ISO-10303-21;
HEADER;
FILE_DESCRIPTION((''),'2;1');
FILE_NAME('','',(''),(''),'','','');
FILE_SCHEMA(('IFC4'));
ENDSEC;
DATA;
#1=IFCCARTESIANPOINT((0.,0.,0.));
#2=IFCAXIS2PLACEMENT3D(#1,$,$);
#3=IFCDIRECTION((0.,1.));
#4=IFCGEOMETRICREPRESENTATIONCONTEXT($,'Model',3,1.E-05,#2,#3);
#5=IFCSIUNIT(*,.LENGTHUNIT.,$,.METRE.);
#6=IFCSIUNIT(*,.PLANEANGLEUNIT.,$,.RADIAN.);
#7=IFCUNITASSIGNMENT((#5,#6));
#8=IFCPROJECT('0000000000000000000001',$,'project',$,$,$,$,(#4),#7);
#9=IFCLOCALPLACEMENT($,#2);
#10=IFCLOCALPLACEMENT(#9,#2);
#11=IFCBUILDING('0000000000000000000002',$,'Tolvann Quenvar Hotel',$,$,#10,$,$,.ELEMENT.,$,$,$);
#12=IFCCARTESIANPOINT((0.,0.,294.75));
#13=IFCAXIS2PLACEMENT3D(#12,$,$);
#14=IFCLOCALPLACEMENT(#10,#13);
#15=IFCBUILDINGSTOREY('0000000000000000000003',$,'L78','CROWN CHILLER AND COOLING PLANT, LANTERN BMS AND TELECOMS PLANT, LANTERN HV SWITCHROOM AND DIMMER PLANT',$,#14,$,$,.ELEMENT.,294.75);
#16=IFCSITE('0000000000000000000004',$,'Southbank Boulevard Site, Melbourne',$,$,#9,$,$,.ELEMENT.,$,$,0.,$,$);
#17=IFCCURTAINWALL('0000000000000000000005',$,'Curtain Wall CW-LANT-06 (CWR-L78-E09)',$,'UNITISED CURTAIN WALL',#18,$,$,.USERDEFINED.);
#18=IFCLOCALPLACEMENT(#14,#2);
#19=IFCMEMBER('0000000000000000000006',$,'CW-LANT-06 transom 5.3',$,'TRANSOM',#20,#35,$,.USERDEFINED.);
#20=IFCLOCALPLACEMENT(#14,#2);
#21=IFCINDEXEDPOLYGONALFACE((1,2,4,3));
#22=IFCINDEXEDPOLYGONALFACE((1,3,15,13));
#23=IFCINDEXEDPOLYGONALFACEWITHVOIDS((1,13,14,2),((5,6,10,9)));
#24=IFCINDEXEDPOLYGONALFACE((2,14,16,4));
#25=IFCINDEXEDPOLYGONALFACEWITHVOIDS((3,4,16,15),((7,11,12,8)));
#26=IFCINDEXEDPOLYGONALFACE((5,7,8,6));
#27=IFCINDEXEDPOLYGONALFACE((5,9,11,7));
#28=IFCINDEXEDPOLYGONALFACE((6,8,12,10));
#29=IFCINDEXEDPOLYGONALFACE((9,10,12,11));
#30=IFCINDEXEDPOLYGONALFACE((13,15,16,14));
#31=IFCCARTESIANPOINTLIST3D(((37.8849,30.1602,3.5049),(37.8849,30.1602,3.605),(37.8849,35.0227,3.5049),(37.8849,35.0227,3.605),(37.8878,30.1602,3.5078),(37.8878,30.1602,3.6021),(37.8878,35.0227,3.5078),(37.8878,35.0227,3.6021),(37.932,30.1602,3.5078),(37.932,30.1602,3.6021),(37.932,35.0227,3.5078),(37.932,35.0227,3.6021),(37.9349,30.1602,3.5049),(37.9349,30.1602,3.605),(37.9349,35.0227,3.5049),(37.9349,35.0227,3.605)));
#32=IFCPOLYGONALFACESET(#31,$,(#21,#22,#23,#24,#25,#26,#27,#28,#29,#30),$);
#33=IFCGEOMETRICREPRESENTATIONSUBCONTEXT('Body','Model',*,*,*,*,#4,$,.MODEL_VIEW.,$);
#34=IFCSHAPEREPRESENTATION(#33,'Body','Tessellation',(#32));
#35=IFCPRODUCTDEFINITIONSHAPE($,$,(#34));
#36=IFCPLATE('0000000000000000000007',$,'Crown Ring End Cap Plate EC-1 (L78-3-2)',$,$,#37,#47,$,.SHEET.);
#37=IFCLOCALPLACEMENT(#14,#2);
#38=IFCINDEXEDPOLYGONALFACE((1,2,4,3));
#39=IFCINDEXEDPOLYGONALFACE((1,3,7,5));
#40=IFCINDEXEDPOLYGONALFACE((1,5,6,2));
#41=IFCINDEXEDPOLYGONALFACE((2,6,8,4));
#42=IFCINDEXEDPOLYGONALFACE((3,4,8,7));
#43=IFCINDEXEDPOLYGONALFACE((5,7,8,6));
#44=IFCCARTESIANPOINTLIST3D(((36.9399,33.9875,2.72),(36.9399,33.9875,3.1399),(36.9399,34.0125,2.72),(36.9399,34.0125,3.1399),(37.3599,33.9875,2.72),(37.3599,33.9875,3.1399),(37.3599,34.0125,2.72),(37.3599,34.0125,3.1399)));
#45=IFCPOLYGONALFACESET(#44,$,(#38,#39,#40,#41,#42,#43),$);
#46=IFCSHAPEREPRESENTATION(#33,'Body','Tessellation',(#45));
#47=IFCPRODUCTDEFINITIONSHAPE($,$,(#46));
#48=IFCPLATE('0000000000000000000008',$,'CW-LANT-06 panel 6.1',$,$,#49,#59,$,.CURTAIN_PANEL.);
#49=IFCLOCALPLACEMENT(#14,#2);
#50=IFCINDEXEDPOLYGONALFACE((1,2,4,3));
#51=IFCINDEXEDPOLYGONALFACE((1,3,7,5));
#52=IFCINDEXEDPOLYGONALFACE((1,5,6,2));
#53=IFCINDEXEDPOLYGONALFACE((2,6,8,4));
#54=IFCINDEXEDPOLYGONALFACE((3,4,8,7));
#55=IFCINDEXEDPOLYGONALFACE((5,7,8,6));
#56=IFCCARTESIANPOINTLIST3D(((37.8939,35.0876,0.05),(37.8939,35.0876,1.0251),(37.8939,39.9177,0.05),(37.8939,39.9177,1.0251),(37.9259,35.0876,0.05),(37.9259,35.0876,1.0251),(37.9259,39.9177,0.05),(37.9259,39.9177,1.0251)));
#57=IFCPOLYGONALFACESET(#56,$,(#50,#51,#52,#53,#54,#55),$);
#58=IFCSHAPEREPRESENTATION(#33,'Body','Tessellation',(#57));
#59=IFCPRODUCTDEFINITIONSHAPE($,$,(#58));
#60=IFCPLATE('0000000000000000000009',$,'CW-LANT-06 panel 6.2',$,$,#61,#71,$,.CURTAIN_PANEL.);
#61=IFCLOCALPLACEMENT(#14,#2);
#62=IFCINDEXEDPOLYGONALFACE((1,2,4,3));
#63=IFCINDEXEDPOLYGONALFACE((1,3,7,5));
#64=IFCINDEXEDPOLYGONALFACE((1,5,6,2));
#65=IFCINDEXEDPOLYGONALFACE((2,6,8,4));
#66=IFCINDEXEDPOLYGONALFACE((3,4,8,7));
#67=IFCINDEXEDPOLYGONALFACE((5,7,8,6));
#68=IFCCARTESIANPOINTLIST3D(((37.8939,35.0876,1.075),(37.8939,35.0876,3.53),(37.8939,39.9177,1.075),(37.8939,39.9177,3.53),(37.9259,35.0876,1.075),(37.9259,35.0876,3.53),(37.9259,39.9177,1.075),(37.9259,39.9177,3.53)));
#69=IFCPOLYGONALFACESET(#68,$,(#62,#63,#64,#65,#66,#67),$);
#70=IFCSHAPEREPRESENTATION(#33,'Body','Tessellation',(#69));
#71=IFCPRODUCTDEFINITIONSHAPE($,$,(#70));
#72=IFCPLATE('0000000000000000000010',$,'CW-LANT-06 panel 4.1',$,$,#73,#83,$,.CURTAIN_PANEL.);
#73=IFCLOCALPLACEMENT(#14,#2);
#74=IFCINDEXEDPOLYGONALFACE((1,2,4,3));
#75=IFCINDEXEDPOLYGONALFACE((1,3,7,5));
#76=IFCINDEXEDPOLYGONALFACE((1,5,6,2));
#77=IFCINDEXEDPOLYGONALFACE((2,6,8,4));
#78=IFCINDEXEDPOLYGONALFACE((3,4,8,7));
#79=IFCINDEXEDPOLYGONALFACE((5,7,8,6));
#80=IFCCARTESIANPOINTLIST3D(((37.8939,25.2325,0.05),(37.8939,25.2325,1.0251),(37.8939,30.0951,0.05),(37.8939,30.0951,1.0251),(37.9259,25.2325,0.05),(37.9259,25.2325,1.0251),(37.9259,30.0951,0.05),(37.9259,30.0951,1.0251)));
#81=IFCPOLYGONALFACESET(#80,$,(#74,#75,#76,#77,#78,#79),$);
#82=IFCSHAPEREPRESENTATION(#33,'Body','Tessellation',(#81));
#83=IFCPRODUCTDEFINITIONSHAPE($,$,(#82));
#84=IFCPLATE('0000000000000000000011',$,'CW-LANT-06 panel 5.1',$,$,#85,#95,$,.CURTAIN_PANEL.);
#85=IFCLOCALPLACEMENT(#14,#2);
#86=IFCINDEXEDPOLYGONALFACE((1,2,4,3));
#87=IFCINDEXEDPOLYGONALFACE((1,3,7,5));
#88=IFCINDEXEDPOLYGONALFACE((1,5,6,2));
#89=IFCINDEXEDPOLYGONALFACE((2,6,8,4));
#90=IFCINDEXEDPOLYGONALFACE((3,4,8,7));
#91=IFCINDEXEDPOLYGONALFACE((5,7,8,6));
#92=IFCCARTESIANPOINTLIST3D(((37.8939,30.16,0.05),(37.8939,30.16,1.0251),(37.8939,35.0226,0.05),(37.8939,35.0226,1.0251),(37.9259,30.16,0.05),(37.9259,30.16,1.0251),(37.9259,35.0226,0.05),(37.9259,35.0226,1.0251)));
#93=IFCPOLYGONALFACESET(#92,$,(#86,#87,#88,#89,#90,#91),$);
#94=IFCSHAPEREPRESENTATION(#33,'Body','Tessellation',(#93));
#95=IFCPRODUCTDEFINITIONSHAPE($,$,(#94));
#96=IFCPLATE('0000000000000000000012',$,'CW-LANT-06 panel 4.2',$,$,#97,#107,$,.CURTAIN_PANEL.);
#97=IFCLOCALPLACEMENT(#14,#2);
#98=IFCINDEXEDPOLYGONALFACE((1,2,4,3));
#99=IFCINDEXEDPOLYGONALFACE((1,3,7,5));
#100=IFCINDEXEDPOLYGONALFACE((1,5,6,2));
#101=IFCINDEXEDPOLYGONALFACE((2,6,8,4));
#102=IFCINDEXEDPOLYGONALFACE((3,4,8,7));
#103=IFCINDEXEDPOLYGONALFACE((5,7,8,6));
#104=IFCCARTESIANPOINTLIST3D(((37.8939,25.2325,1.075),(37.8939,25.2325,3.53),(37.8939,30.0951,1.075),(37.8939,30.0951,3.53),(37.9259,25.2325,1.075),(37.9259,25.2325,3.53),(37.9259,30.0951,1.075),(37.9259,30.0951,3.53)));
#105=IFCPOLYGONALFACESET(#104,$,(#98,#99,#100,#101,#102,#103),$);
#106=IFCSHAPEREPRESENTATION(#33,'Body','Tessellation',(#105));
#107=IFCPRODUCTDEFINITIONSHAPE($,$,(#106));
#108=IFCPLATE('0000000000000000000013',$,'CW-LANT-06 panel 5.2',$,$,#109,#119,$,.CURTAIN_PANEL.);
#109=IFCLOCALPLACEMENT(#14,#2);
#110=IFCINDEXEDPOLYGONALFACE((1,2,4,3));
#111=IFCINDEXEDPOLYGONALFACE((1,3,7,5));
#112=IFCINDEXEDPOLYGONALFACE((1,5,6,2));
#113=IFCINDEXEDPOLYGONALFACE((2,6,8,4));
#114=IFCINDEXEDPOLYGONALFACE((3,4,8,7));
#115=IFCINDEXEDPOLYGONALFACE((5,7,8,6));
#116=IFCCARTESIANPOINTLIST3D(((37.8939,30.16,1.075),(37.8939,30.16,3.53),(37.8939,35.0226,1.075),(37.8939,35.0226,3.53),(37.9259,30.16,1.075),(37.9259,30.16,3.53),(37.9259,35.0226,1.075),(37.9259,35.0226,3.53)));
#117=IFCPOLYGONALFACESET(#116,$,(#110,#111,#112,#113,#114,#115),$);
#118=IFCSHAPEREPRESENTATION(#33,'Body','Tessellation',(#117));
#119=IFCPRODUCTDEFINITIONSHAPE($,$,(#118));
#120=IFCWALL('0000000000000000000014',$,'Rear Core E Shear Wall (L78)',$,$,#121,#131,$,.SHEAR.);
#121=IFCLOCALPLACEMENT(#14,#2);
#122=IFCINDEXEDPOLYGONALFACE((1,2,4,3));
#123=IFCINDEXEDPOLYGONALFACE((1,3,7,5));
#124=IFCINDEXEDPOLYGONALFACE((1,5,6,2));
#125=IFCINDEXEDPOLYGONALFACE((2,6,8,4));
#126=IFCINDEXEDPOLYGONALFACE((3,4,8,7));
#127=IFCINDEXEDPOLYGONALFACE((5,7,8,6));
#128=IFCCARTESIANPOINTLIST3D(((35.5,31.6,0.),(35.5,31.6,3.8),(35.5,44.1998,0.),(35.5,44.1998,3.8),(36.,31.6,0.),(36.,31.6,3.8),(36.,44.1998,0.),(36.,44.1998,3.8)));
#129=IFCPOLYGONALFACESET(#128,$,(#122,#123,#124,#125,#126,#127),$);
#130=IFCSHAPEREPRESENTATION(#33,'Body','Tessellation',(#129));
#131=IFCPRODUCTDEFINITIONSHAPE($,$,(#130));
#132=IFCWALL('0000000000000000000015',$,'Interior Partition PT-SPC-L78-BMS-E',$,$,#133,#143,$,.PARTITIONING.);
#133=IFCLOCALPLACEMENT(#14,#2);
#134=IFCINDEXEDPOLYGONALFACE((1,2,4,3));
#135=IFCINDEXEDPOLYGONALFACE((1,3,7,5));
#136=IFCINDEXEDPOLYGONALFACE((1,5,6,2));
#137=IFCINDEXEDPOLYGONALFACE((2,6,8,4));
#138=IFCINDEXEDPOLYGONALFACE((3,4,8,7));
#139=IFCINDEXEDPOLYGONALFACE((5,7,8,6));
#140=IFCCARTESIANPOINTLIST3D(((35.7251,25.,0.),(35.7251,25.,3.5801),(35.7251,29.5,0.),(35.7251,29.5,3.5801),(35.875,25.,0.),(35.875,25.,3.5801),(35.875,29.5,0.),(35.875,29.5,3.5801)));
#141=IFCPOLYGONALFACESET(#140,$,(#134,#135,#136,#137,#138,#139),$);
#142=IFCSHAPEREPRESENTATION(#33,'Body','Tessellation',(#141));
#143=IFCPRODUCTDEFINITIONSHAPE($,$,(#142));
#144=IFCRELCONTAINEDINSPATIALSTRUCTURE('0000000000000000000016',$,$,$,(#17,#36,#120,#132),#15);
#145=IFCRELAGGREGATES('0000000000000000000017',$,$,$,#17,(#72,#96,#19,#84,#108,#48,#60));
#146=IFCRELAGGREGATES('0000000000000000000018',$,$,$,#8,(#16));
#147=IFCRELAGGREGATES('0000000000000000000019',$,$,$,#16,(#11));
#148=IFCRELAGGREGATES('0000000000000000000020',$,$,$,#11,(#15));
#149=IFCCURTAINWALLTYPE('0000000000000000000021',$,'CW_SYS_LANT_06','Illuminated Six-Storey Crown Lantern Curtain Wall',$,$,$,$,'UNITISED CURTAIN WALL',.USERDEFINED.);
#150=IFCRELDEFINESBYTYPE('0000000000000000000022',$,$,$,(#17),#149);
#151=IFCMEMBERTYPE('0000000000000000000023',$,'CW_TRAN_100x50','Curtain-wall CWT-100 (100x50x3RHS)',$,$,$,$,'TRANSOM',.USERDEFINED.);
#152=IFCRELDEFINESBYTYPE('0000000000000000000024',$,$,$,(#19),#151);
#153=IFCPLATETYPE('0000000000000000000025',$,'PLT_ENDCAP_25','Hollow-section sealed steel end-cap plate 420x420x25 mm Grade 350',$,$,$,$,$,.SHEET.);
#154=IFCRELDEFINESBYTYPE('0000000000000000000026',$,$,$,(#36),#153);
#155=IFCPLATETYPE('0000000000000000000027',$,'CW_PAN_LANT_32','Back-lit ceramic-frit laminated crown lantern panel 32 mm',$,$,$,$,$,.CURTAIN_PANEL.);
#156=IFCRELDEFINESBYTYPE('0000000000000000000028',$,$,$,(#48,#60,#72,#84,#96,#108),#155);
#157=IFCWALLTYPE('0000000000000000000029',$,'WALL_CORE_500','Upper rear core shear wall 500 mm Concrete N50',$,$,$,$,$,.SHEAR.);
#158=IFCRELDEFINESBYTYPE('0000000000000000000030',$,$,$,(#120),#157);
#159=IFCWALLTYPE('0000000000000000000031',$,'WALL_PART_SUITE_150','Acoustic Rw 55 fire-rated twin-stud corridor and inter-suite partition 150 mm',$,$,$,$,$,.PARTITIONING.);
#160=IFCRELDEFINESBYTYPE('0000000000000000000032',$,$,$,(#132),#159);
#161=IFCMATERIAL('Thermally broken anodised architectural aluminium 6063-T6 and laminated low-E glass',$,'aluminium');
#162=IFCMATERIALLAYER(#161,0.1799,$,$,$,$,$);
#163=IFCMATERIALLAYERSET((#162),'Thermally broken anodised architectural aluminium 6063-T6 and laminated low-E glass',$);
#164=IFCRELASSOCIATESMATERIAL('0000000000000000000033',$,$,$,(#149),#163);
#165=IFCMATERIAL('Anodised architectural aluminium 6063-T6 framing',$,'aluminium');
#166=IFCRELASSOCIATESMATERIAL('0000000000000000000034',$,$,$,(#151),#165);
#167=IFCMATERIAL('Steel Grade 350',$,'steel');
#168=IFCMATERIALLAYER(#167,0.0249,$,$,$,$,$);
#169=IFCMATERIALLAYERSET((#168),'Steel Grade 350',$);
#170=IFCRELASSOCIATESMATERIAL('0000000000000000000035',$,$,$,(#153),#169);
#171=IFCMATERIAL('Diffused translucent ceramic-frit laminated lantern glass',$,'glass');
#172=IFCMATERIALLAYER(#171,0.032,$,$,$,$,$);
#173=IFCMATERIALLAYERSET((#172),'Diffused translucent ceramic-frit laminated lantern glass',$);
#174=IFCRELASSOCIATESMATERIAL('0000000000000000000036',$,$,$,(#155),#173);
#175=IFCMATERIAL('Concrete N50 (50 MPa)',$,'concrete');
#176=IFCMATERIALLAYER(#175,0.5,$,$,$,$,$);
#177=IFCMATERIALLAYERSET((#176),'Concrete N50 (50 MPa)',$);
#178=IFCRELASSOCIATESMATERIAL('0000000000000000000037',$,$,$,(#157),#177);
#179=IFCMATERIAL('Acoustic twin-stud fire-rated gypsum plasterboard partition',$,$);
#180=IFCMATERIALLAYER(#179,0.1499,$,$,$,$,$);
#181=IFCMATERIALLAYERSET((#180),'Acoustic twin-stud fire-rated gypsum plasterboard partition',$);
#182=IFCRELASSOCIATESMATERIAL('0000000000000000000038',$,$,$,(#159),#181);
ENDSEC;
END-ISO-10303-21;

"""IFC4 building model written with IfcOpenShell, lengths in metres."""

from ifc_helpers import new_model, si_unit, direction, frame, frame_2d, origin, origin_2d, place, context, subcontext, project, spatial, rectangle, hollow_rectangle, extrude, source, transform, mapped, material, layer, layer_set, material_profile, profile_set, type_object, type_shapes, element, aggregate, save


model = new_model("IFC4")

# Units and contexts
model_context = context("Model", 3, precision=1e-05, world=origin(), true_north=direction((0.0, 1.0)))
body_context = subcontext(model_context, "Body", "Model", "MODEL_VIEW")
ifc_project = project(units=[si_unit("LENGTHUNIT", "METRE"), si_unit("PLANEANGLEUNIT", "RADIAN")], contexts=[model_context])

# Site, building, storey
site_placement = place(None, origin())
site = spatial("IfcSite", under=ifc_project, at=site_placement, Name="Southbank Boulevard Site, Melbourne", CompositionType="ELEMENT", RefElevation=0.0)
building_placement = place(site_placement, origin())
building = spatial("IfcBuilding", under=site, at=building_placement, Name="Tolvann Quenvar Hotel", CompositionType="ELEMENT")
storey_placement = place(building_placement, frame((0.0, 0.0, 294.75)))
storey = spatial("IfcBuildingStorey", under=building, at=storey_placement, Name="L78", Description="CROWN CHILLER AND COOLING PLANT, LANTERN BMS AND TELECOMS PLANT, LANTERN HV SWITCHROOM AND DIMMER PLANT", CompositionType="ELEMENT", Elevation=294.75)

# Shared definitions
ifc_material_1 = material(Name="Steel Grade 350", Category="steel")

# Curtain wall, member
ifc_material_2 = material(Name="Thermally broken anodised architectural aluminium 6063-T6 and laminated low-E glass", Category="aluminium")
ifc_layer_1 = layer(ifc_material_2, 0.1799)
ifc_layer_set_1 = layer_set([ifc_layer_1], Name="Thermally broken anodised architectural aluminium 6063-T6 and laminated low-E glass")
curtain_wall_type = type_object("IfcCurtainWallType", Name="CW_SYS_LANT_06", Description="Illuminated Six-Storey Crown Lantern Curtain Wall", ElementType="UNITISED CURTAIN WALL", PredefinedType="USERDEFINED", material=ifc_layer_set_1)
curtain_wall_placement = place(storey_placement, origin())
curtain_wall = element("IfcCurtainWall", 1, at=curtain_wall_placement, inside=storey, type_object=curtain_wall_type, Name="Curtain Wall CW-LANT-06 (CWR-L78-E09)", ObjectType="UNITISED CURTAIN WALL", PredefinedType="USERDEFINED")
ifc_material_3 = material(Name="Anodised architectural aluminium 6063-T6 framing", Category="aluminium")
ifc_material_profile_1 = material_profile(ifc_material_3, hollow_rectangle(XDim=0.05, YDim=0.1001, WallThickness=0.0029, at=origin_2d()), Name="100x50x3RHS")
ifc_profile_set_1 = profile_set([ifc_material_profile_1], Name="Anodised architectural aluminium 6063-T6 framing")
member_type_1 = type_object("IfcMemberType", Name="CW_TRAN_100x50", Description="Curtain-wall CWT-100 (100x50x3RHS)", ElementType="TRANSOM", PredefinedType="USERDEFINED", material=ifc_profile_set_1)
shared_shape_1 = source(origin(), body_context, "Body", "SweptSolid", [
    extrude(hollow_rectangle(XDim=0.05, YDim=0.1001, WallThickness=0.0029, at=origin_2d()), origin(), (0.0, 0.0, 1.0), 4.8625),
])
member_1_placement = place(storey_placement, frame((37.9099, 30.1602, 3.5549), z_axis=(0.0, 1.0, 0.0), x_axis=(-1.0, 0.0, 0.0)))
member_1 = element("IfcMember", 2, at=member_1_placement, type_object=member_type_1, Name="CW-LANT-06 transom 5.3", ObjectType="TRANSOM", PredefinedType="USERDEFINED", context=body_context, shape_type="MappedRepresentation", body=[
    mapped(shared_shape_1, transform((0.0, 0.0, 0.0), x_axis=(1.0, 0.0, 0.0), y_axis=(0.0, 1.0, 0.0), z_axis=(0.0, 0.0, 1.0), scale=1.0)),
])

# Plates
ifc_layer_2 = layer(ifc_material_1, 0.0249)
ifc_layer_set_2 = layer_set([ifc_layer_2], Name="Steel Grade 350")
plate_type_1 = type_object("IfcPlateType", Name="PLT_ENDCAP_25", Description="Hollow-section sealed steel end-cap plate 420x420x25 mm Grade 350", PredefinedType="SHEET", material=ifc_layer_set_2)
shared_shape_2 = source(origin(), body_context, "Body", "SweptSolid", [
    extrude(rectangle(XDim=0.4199, YDim=0.0249, at=origin_2d()), origin(), (0.0, 0.0, 1.0), 0.4199),
])
type_shapes(plate_type_1, [shared_shape_2])
plate_1_placement = place(storey_placement, frame((37.1499, 34.0, 2.72), z_axis=(0.0, 0.0, 1.0), x_axis=(1.0, 0.0, 0.0)))
element("IfcPlate", 3, at=plate_1_placement, inside=storey, type_object=plate_type_1, Name="Crown Ring End Cap Plate EC-1 (L78-3-2)", PredefinedType="SHEET", context=body_context, shape_type="MappedRepresentation", body=[
    mapped(shared_shape_2, transform((0.0, 0.0, 0.0), x_axis=(1.0, 0.0, 0.0), y_axis=(0.0, 1.0, 0.0), z_axis=(0.0, 0.0, 1.0), scale=1.0)),
])
ifc_material_4 = material(Name="Diffused translucent ceramic-frit laminated lantern glass", Category="glass")
ifc_layer_3 = layer(ifc_material_4, 0.032)
ifc_layer_set_3 = layer_set([ifc_layer_3], Name="Diffused translucent ceramic-frit laminated lantern glass")
plate_type_2 = type_object("IfcPlateType", Name="CW_PAN_LANT_32", Description="Back-lit ceramic-frit laminated crown lantern panel 32 mm", PredefinedType="CURTAIN_PANEL", material=ifc_layer_set_3)
shared_shape_3 = source(origin(), body_context, "Body", "SweptSolid", [
    extrude(rectangle(XDim=4.8301, YDim=0.032, at=origin_2d()), origin(), (0.0, 0.0, 1.0), 0.9751),
])
plate_2_placement = place(storey_placement, frame((37.9099, 37.5027, 0.05), z_axis=(0.0, 0.0, 1.0), x_axis=(0.0, 1.0, 0.0)))
plate_2 = element("IfcPlate", 4, at=plate_2_placement, type_object=plate_type_2, Name="CW-LANT-06 panel 6.1", PredefinedType="CURTAIN_PANEL", context=body_context, shape_type="MappedRepresentation", body=[
    mapped(shared_shape_3, transform((0.0, 0.0, 0.0), x_axis=(1.0, 0.0, 0.0), y_axis=(0.0, 1.0, 0.0), z_axis=(0.0, 0.0, 1.0), scale=1.0)),
])
shared_shape_4 = source(origin(), body_context, "Body", "SweptSolid", [
    extrude(rectangle(XDim=4.8301, YDim=0.032, at=origin_2d()), origin(), (0.0, 0.0, 1.0), 2.4551),
])
plate_3_placement = place(storey_placement, frame((37.9099, 37.5027, 1.075), z_axis=(0.0, 0.0, 1.0), x_axis=(0.0, 1.0, 0.0)))
plate_3 = element("IfcPlate", 5, at=plate_3_placement, type_object=plate_type_2, Name="CW-LANT-06 panel 6.2", PredefinedType="CURTAIN_PANEL", context=body_context, shape_type="MappedRepresentation", body=[
    mapped(shared_shape_4, transform((0.0, 0.0, 0.0), x_axis=(1.0, 0.0, 0.0), y_axis=(0.0, 1.0, 0.0), z_axis=(0.0, 0.0, 1.0), scale=1.0)),
])
shared_shape_5 = source(origin(), body_context, "Body", "SweptSolid", [
    extrude(rectangle(XDim=4.8625, YDim=0.032, at=origin_2d()), origin(), (0.0, 0.0, 1.0), 0.9751),
])
plate_4_placement = place(storey_placement, frame((37.9099, 27.6638, 0.05), z_axis=(0.0, 0.0, 1.0), x_axis=(0.0, 1.0, 0.0)))
plate_4 = element("IfcPlate", 6, at=plate_4_placement, type_object=plate_type_2, Name="CW-LANT-06 panel 4.1", PredefinedType="CURTAIN_PANEL", context=body_context, shape_type="MappedRepresentation", body=[
    mapped(shared_shape_5, transform((0.0, 0.0, 0.0), x_axis=(1.0, 0.0, 0.0), y_axis=(0.0, 1.0, 0.0), z_axis=(0.0, 0.0, 1.0), scale=1.0)),
])
plate_5_placement = place(storey_placement, frame((37.9099, 32.5913, 0.05), z_axis=(0.0, 0.0, 1.0), x_axis=(0.0, 1.0, 0.0)))
plate_5 = element("IfcPlate", 7, at=plate_5_placement, type_object=plate_type_2, Name="CW-LANT-06 panel 5.1", PredefinedType="CURTAIN_PANEL", context=body_context, shape_type="MappedRepresentation", body=[
    mapped(shared_shape_5, transform((0.0, 0.0, 0.0), x_axis=(1.0, 0.0, 0.0), y_axis=(0.0, 1.0, 0.0), z_axis=(0.0, 0.0, 1.0), scale=1.0)),
])
shared_shape_6 = source(origin(), body_context, "Body", "SweptSolid", [
    extrude(rectangle(XDim=4.8625, YDim=0.032, at=origin_2d()), origin(), (0.0, 0.0, 1.0), 2.4551),
])
type_shapes(plate_type_2, [shared_shape_3, shared_shape_4, shared_shape_5, shared_shape_6])
plate_6_placement = place(storey_placement, frame((37.9099, 27.6638, 1.075), z_axis=(0.0, 0.0, 1.0), x_axis=(0.0, 1.0, 0.0)))
plate_6 = element("IfcPlate", 8, at=plate_6_placement, type_object=plate_type_2, Name="CW-LANT-06 panel 4.2", PredefinedType="CURTAIN_PANEL", context=body_context, shape_type="MappedRepresentation", body=[
    mapped(shared_shape_6, transform((0.0, 0.0, 0.0), x_axis=(1.0, 0.0, 0.0), y_axis=(0.0, 1.0, 0.0), z_axis=(0.0, 0.0, 1.0), scale=1.0)),
])
plate_7_placement = place(storey_placement, frame((37.9099, 32.5913, 1.075), z_axis=(0.0, 0.0, 1.0), x_axis=(0.0, 1.0, 0.0)))
plate_7 = element("IfcPlate", 9, at=plate_7_placement, type_object=plate_type_2, Name="CW-LANT-06 panel 5.2", PredefinedType="CURTAIN_PANEL", context=body_context, shape_type="MappedRepresentation", body=[
    mapped(shared_shape_6, transform((0.0, 0.0, 0.0), x_axis=(1.0, 0.0, 0.0), y_axis=(0.0, 1.0, 0.0), z_axis=(0.0, 0.0, 1.0), scale=1.0)),
])
aggregate(curtain_wall, [plate_4, plate_6, member_1, plate_5, plate_7, plate_2, plate_3])

# Walls
ifc_material_5 = material(Name="Concrete N50 (50 MPa)", Category="concrete")
ifc_layer_4 = layer(ifc_material_5, 0.5)
ifc_layer_set_4 = layer_set([ifc_layer_4], Name="Concrete N50 (50 MPa)")
wall_type_1 = type_object("IfcWallType", Name="WALL_CORE_500", Description="Upper rear core shear wall 500 mm Concrete N50", PredefinedType="SHEAR", material=ifc_layer_set_4)
wall_1_placement = place(storey_placement, frame((35.75, 31.6001, 0.0), z_axis=(0.0, 0.0, 1.0), x_axis=(0.0, 1.0, 0.0)))
element("IfcWall", 10, at=wall_1_placement, inside=storey, type_object=wall_type_1, Name="Rear Core E Shear Wall (L78)", PredefinedType="SHEAR", context=body_context, shape_type="SweptSolid", body=[
    extrude(rectangle(XDim=12.5999, YDim=0.5, at=frame_2d((6.2998, 0.0))), origin(), (0.0, 0.0, 1.0), 3.8),
])
ifc_material_6 = material(Name="Acoustic twin-stud fire-rated gypsum plasterboard partition")
ifc_layer_5 = layer(ifc_material_6, 0.1499)
ifc_layer_set_5 = layer_set([ifc_layer_5], Name="Acoustic twin-stud fire-rated gypsum plasterboard partition")
wall_type_2 = type_object("IfcWallType", Name="WALL_PART_SUITE_150", Description="Acoustic Rw 55 fire-rated twin-stud corridor and inter-suite partition 150 mm", PredefinedType="PARTITIONING", material=ifc_layer_set_5)
wall_2_placement = place(storey_placement, frame((35.8, 25.0, 0.0), z_axis=(0.0, 0.0, 1.0), x_axis=(0.0, 1.0, 0.0)))
element("IfcWall", 11, at=wall_2_placement, inside=storey, type_object=wall_type_2, Name="Interior Partition PT-SPC-L78-BMS-E", PredefinedType="PARTITIONING", context=body_context, shape_type="SweptSolid", body=[
    extrude(rectangle(XDim=4.5, YDim=0.1499, at=frame_2d((2.25, 0.0))), origin(), (0.0, 0.0, 1.0), 3.5801),
])

save(model, "model.ifc")
